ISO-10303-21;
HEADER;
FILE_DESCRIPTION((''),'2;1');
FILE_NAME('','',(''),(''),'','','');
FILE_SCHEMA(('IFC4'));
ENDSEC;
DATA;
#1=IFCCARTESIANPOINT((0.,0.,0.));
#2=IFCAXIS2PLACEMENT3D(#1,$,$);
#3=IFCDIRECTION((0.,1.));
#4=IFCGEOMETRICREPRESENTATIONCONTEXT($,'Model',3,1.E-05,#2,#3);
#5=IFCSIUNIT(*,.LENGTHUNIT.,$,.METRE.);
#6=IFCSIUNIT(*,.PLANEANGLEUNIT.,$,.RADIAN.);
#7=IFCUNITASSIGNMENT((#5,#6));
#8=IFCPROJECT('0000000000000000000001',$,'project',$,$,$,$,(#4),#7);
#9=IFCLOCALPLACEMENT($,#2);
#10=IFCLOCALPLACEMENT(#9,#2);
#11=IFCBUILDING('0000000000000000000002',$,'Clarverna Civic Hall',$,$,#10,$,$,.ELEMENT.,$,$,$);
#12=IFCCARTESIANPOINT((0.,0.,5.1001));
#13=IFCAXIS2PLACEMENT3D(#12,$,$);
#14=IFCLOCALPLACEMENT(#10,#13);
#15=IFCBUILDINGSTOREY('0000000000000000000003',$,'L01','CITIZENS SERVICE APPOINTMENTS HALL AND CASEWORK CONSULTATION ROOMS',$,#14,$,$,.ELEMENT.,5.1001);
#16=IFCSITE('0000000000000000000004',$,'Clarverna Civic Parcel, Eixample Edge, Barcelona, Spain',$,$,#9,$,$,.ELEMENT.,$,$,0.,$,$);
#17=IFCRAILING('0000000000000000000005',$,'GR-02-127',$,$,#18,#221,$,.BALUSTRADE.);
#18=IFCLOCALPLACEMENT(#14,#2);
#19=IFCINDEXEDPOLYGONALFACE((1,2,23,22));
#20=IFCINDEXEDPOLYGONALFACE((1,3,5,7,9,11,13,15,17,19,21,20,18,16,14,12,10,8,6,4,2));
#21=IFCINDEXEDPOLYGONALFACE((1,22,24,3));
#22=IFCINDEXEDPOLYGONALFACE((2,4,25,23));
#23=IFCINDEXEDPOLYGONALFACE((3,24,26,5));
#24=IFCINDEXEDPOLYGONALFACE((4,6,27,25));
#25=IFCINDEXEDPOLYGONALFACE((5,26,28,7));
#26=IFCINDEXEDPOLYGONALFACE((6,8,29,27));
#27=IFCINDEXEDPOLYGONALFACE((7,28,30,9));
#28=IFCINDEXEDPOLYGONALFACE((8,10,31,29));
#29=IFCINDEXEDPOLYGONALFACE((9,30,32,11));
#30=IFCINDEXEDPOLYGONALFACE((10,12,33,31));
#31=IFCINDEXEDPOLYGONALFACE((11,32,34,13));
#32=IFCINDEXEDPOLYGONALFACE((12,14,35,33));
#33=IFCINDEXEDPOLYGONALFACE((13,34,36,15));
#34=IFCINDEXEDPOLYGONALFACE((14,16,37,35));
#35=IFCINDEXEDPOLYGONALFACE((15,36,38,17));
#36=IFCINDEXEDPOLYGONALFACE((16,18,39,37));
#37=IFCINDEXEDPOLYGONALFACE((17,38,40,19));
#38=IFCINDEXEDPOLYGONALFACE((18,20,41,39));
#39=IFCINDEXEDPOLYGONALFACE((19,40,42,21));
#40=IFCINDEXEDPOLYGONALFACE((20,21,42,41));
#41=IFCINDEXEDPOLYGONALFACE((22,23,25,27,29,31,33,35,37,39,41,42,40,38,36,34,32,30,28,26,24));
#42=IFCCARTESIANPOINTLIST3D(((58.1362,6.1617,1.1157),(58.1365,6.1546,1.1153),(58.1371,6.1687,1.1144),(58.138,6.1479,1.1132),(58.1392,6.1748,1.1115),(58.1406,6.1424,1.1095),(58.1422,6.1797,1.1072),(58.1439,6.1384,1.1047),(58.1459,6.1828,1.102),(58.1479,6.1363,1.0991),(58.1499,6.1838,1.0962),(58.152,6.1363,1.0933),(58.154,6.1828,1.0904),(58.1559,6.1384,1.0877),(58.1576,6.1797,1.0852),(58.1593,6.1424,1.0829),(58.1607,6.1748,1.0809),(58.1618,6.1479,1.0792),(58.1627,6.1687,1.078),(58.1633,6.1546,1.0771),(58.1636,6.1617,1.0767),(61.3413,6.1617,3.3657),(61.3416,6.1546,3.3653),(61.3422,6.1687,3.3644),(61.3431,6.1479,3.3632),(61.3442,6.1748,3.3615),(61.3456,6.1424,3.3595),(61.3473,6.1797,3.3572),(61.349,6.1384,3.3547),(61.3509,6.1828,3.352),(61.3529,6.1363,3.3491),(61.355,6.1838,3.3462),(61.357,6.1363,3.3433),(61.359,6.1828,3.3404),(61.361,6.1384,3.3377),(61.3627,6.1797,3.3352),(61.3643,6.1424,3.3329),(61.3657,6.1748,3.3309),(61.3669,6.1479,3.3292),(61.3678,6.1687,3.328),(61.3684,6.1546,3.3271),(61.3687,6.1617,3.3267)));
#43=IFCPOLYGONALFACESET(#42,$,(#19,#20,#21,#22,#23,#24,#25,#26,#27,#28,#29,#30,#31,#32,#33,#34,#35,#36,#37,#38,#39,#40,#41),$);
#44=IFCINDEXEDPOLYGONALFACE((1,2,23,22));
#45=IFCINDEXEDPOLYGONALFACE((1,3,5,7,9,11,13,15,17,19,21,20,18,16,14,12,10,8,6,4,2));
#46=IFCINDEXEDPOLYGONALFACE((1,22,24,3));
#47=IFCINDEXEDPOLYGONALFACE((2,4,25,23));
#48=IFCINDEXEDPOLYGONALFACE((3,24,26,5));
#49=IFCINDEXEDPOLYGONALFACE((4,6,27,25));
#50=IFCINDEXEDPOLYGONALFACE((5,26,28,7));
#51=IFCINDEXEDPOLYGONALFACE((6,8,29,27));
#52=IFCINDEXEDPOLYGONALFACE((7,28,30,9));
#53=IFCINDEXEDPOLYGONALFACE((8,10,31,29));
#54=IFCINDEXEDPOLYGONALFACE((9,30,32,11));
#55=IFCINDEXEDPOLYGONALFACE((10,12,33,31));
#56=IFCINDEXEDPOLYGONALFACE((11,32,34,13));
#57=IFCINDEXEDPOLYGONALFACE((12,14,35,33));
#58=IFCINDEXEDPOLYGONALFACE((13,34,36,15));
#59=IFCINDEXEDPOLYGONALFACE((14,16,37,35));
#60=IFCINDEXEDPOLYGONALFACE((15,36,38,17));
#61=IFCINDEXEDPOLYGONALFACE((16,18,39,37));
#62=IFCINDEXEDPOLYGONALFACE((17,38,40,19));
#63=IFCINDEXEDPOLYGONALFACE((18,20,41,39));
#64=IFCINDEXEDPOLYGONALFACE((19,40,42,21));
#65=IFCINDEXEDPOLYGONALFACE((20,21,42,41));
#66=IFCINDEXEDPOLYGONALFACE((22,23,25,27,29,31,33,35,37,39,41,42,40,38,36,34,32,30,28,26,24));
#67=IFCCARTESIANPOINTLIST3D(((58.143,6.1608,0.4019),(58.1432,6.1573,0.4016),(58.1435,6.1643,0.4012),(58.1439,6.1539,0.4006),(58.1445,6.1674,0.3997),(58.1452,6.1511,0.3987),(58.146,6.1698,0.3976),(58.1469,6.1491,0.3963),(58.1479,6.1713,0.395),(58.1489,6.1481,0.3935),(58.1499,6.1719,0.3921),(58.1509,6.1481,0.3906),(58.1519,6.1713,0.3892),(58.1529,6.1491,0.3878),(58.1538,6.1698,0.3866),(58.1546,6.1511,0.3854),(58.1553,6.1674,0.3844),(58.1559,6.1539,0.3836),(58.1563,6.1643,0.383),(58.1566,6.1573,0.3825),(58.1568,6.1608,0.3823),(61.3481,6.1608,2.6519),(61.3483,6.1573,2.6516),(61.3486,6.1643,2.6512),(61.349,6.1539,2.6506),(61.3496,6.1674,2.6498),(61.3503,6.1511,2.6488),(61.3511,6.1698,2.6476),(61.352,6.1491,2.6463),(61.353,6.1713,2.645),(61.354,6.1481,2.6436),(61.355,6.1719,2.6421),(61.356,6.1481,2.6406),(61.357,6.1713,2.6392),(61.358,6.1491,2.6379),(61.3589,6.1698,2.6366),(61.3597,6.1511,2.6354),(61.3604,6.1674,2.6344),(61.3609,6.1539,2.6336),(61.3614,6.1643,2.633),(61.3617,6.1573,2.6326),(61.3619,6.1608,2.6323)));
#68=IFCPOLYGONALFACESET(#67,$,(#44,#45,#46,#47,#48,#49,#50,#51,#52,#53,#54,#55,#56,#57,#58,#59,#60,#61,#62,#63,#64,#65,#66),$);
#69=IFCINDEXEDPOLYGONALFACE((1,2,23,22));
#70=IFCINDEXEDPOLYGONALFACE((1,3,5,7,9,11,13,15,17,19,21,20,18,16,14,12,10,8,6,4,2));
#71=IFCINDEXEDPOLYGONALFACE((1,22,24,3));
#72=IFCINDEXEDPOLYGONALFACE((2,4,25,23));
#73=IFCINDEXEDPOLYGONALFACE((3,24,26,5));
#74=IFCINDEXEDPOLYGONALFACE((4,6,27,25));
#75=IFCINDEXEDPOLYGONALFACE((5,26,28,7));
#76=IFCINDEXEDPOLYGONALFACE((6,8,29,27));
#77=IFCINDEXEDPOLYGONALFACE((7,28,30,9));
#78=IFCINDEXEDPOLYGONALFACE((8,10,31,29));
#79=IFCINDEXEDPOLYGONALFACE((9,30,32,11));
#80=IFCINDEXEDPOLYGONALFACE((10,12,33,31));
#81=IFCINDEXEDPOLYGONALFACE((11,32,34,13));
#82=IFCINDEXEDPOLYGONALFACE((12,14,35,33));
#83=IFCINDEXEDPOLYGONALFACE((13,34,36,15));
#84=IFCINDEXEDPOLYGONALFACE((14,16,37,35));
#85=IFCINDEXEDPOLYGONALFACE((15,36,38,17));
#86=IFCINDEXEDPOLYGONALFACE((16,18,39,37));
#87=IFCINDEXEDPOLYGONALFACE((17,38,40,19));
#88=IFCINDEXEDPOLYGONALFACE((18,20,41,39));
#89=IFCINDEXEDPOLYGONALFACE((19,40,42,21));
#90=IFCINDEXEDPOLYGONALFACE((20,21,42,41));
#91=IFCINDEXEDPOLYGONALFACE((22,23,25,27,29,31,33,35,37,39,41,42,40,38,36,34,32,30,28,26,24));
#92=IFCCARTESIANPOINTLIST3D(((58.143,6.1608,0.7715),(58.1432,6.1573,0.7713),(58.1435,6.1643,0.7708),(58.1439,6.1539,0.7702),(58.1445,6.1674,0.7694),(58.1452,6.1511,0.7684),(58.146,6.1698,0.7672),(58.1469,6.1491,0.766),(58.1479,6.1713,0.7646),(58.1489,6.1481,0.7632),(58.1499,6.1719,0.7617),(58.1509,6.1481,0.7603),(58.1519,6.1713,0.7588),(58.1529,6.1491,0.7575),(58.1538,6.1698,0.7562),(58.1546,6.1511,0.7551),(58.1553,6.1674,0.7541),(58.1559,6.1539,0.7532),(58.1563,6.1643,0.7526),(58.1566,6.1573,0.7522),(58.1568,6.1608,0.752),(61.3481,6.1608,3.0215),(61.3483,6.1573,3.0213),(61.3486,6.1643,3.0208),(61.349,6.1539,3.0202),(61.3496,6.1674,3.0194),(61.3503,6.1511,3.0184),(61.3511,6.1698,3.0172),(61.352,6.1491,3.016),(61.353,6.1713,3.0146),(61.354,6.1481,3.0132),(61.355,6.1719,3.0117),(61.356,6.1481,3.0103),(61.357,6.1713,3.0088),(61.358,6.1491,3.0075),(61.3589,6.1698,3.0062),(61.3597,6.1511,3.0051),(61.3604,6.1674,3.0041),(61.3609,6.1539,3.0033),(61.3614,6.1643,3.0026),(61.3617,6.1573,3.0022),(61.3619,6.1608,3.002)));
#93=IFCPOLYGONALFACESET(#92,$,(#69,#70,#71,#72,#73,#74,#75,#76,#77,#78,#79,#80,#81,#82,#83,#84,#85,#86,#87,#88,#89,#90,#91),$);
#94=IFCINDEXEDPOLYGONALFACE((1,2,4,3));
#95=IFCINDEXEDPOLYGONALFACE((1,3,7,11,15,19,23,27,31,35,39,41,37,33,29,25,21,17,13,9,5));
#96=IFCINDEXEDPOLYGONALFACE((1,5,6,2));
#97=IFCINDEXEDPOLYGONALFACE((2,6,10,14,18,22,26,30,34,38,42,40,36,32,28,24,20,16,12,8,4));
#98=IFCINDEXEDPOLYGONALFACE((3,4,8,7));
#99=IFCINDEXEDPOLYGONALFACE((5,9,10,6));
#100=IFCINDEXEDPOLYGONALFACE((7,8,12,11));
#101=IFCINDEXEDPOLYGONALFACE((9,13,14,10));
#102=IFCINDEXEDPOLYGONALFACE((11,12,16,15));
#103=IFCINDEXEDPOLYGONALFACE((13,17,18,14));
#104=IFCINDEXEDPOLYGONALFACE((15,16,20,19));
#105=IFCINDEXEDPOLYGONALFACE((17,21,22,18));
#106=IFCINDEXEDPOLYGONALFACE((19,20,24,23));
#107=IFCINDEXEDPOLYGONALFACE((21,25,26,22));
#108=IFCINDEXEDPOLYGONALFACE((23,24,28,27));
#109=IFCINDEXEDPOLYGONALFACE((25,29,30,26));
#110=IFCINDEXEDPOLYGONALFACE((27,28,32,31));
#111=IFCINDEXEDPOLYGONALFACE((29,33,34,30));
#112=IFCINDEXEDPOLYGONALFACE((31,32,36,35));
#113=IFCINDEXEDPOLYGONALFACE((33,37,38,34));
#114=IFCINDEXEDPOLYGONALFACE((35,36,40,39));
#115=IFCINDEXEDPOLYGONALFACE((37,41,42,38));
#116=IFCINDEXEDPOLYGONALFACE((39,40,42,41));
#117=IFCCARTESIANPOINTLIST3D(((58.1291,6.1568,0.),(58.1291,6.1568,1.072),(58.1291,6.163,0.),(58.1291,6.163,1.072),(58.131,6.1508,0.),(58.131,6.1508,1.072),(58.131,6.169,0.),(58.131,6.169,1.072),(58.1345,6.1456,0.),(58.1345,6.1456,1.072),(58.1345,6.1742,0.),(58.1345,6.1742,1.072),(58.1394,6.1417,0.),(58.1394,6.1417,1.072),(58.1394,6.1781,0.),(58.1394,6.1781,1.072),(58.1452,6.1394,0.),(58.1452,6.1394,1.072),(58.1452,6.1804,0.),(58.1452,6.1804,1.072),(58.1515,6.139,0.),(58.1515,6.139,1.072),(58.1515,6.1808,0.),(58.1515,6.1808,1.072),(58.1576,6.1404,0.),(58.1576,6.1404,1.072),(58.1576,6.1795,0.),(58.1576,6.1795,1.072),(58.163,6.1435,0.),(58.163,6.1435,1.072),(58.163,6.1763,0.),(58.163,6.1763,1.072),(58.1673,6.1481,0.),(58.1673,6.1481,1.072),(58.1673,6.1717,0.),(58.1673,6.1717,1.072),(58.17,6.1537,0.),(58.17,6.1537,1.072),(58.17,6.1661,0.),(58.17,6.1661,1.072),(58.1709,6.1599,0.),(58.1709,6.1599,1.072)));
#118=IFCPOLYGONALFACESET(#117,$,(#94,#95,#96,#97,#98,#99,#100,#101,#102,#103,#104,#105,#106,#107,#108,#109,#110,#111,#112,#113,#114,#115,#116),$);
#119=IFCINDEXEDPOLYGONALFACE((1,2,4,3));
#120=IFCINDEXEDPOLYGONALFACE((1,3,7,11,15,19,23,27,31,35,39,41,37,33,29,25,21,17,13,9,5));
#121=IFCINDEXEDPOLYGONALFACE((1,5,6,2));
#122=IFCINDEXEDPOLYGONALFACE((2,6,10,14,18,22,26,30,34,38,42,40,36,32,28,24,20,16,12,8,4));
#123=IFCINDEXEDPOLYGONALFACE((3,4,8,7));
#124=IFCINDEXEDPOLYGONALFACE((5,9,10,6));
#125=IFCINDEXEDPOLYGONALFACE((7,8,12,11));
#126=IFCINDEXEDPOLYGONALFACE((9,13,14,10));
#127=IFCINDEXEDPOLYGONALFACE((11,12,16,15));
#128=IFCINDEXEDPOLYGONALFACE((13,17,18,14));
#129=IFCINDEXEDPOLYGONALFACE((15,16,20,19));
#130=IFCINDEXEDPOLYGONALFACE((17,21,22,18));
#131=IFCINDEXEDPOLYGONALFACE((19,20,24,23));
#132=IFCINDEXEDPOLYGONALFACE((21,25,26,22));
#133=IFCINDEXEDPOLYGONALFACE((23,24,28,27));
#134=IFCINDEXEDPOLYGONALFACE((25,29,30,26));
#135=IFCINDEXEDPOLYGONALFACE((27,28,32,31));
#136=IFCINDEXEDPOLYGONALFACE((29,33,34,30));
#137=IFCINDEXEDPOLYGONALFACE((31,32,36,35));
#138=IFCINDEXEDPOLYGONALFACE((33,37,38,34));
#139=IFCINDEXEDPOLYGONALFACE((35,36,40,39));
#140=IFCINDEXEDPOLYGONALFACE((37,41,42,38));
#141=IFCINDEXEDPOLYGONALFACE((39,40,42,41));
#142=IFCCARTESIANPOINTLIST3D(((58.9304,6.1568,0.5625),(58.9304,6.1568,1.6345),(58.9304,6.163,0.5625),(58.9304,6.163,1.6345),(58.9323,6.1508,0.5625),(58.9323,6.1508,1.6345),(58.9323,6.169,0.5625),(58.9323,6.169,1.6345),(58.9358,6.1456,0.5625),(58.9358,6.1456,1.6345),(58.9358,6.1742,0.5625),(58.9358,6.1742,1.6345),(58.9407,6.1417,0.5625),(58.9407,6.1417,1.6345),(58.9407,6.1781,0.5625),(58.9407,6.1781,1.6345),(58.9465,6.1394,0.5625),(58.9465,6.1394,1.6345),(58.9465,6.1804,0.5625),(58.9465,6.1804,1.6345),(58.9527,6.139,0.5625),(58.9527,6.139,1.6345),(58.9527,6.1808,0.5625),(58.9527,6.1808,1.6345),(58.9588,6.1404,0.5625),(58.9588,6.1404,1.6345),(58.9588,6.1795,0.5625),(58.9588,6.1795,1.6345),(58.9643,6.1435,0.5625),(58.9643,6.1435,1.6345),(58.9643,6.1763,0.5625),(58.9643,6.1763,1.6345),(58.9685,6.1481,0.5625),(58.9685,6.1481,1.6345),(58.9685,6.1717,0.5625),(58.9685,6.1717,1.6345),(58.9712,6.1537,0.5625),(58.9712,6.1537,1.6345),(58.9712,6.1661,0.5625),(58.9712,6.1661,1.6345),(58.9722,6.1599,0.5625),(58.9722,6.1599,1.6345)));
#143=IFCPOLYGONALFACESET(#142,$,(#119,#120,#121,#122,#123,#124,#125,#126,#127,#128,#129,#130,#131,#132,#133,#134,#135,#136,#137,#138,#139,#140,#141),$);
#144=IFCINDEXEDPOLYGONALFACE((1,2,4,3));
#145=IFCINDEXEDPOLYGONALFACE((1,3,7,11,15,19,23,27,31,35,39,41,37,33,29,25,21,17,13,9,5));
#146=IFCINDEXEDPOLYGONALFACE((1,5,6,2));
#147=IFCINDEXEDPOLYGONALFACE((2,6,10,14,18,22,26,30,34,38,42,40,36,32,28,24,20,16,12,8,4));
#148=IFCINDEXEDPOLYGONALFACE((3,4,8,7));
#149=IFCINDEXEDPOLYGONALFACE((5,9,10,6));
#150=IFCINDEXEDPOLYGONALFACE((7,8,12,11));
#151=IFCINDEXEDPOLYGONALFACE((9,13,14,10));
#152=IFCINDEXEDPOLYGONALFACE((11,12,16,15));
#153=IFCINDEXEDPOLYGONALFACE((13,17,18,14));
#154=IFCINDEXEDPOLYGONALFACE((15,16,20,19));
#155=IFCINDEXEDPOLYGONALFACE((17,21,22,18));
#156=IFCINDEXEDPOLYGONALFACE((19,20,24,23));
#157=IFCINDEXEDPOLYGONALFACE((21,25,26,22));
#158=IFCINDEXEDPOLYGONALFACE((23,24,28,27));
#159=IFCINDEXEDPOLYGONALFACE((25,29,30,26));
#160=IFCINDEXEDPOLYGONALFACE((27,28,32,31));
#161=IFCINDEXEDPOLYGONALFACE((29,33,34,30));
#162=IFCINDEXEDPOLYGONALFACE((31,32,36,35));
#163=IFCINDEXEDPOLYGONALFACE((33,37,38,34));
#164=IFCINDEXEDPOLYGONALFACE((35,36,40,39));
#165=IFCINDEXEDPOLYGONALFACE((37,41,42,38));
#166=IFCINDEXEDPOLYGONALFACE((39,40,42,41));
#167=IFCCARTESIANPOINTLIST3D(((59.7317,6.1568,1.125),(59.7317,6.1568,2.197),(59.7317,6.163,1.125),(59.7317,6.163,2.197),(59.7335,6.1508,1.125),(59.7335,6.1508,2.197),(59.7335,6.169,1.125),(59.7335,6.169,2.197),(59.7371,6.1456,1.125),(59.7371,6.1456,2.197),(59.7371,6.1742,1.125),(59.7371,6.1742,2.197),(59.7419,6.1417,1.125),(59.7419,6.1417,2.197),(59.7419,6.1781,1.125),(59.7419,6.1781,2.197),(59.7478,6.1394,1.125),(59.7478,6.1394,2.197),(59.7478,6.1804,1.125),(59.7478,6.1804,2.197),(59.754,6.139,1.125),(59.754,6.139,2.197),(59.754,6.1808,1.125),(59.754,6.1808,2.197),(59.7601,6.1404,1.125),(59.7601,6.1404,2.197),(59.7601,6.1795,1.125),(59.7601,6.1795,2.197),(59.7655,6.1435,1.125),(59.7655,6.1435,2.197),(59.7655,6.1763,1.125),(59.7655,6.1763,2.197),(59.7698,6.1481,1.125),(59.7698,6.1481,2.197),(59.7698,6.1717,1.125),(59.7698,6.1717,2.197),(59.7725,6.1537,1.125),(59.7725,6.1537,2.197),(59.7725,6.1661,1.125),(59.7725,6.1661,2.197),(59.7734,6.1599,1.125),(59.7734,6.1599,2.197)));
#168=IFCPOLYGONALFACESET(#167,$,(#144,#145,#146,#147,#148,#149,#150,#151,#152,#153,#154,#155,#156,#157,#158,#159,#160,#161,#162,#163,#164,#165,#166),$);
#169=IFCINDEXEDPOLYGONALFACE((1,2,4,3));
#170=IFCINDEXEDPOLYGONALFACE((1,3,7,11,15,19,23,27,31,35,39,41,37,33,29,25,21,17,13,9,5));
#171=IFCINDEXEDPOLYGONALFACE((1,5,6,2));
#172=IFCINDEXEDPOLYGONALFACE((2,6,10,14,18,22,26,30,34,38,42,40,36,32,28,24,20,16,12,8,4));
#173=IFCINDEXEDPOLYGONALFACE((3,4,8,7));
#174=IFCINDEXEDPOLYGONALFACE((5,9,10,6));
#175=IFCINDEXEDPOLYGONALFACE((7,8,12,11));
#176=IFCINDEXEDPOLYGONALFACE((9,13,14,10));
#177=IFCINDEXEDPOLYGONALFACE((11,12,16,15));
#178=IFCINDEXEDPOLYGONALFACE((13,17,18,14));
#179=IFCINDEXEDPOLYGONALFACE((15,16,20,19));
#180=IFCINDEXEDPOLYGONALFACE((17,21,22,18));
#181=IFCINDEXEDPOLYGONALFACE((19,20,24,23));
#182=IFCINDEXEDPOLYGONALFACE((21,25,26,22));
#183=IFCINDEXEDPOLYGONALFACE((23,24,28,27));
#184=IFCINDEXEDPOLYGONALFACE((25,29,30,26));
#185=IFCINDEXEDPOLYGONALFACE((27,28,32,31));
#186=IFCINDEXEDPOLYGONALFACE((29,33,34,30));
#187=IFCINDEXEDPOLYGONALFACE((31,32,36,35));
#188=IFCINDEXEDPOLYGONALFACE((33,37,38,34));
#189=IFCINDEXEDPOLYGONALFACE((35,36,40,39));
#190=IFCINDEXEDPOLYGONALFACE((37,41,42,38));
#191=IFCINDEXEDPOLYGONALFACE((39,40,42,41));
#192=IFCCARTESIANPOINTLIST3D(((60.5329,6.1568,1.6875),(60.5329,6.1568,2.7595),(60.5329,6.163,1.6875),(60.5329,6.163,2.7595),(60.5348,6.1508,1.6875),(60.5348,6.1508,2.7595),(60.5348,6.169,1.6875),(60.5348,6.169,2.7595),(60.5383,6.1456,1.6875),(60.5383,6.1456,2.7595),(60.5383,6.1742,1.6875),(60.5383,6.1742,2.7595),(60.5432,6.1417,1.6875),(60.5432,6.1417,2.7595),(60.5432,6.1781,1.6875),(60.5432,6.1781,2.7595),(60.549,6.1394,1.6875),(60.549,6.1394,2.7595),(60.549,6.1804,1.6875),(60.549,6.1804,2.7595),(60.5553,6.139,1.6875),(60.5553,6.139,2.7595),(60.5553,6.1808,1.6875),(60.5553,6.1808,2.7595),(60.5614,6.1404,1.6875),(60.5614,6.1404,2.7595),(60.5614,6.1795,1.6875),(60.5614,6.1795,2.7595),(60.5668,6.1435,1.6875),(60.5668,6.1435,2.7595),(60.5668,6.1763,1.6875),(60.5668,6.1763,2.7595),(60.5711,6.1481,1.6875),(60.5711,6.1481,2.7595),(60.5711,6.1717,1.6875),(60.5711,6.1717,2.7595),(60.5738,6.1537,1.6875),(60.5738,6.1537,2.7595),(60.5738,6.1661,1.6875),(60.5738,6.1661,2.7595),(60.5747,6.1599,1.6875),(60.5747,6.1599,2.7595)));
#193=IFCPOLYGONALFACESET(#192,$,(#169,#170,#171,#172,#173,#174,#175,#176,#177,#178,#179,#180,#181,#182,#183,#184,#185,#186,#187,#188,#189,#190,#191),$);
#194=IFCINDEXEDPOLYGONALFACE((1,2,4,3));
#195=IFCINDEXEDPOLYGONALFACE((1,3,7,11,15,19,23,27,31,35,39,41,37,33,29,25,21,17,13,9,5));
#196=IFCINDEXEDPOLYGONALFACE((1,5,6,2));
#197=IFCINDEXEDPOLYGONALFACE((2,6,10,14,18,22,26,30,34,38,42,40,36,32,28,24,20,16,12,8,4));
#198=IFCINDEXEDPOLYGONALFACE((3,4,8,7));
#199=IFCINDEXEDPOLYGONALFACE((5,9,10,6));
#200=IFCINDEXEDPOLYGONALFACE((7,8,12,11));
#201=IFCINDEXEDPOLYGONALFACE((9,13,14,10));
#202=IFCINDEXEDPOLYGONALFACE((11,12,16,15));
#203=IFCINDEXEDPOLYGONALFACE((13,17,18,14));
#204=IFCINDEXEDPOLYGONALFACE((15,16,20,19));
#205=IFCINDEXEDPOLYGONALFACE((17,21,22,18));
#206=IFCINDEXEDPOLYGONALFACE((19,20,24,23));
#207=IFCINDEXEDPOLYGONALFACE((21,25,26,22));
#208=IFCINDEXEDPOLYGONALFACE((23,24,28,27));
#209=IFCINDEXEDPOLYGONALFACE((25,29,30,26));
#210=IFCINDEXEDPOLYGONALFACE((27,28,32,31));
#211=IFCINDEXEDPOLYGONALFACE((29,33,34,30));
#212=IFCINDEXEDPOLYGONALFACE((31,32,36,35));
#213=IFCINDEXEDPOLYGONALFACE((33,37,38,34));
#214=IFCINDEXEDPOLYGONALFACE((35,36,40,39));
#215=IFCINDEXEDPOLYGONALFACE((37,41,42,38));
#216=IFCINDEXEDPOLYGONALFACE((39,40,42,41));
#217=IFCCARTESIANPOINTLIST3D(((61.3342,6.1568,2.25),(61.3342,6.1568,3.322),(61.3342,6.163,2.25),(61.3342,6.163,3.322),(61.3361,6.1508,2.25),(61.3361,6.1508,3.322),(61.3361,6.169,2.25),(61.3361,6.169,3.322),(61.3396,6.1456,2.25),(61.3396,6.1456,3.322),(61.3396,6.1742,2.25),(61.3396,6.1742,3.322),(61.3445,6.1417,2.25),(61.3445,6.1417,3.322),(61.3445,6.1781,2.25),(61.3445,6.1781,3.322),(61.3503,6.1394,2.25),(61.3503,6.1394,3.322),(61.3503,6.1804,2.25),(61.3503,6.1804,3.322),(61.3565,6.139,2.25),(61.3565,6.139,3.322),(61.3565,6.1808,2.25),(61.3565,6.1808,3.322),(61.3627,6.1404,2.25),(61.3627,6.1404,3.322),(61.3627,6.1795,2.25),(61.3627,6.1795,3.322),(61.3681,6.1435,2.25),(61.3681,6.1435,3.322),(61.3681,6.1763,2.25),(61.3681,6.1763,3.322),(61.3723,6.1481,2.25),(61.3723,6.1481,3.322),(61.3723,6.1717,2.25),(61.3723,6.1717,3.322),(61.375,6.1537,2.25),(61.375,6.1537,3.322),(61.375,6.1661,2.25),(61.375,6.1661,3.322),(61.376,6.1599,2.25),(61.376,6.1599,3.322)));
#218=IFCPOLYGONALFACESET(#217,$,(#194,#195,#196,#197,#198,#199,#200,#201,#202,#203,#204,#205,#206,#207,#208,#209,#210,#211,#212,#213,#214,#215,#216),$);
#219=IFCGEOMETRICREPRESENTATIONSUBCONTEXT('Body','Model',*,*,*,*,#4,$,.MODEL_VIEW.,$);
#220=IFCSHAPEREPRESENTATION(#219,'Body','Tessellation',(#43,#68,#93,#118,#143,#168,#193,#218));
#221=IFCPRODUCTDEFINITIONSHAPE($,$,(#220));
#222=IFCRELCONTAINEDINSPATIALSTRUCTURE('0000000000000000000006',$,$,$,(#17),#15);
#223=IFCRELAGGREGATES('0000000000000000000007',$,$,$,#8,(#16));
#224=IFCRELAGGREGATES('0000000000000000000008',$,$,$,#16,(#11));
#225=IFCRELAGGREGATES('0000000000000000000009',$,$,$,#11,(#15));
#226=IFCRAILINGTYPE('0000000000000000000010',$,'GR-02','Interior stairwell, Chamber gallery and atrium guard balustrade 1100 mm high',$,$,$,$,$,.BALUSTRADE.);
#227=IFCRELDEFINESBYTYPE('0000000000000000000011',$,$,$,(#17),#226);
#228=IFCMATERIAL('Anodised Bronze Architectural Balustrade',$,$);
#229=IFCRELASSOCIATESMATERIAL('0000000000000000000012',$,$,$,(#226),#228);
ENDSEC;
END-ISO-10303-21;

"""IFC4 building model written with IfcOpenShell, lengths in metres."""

from ifc_helpers import new_model, si_unit, direction, frame, origin, origin_2d, place, context, subcontext, project, spatial, circle, extrude, material, type_object, element, save


model = new_model("IFC4")

# Units and contexts
model_context = context("Model", 3, precision=1e-05, world=origin(), true_north=direction((0.0, 1.0)))
body_context = subcontext(model_context, "Body", "Model", "MODEL_VIEW")
ifc_project = project(units=[si_unit("LENGTHUNIT", "METRE"), si_unit("PLANEANGLEUNIT", "RADIAN")], contexts=[model_context])

# Site, building, storey
site_placement = place(None, origin())
site = spatial("IfcSite", under=ifc_project, at=site_placement, Name="Clarverna Civic Parcel, Eixample Edge, Barcelona, Spain", CompositionType="ELEMENT", RefElevation=0.0)
building_placement = place(site_placement, origin())
building = spatial("IfcBuilding", under=site, at=building_placement, Name="Clarverna Civic Hall", CompositionType="ELEMENT")
storey_placement = place(building_placement, frame((0.0, 0.0, 5.1001)))
storey = spatial("IfcBuildingStorey", under=building, at=storey_placement, Name="L01", Description="CITIZENS SERVICE APPOINTMENTS HALL AND CASEWORK CONSULTATION ROOMS", CompositionType="ELEMENT", Elevation=5.1001)

# Railing
ifc_material_1 = material(Name="Anodised Bronze Architectural Balustrade")
railing_type_1 = type_object("IfcRailingType", Name="GR-02", Description="Interior stairwell, Chamber gallery and atrium guard balustrade 1100 mm high", PredefinedType="BALUSTRADE", material=ifc_material_1)
railing_1_placement = place(storey_placement, frame((58.1499, 6.1599, 0.0)))
element("IfcRailing", 1, at=railing_1_placement, inside=storey, type_object=railing_type_1, Name="GR-02-127", PredefinedType="BALUSTRADE", context=body_context, shape_type="SweptSolid", body=[
    extrude(circle(Radius=0.0239, at=origin_2d()), frame((0.0, 0.0, 1.0962), z_axis=(0.818458, 0.0, 0.574566), x_axis=(0.0, 1.0, 0.0)), (0.0, 0.0, 1.0), 3.916),
    extrude(circle(Radius=0.012, at=origin_2d()), frame((0.0, 0.0, 0.3921), z_axis=(0.818458, 0.0, 0.574566), x_axis=(0.0, 1.0, 0.0)), (0.0, 0.0, 1.0), 3.916),
    extrude(circle(Radius=0.012, at=origin_2d()), frame((0.0, 0.0, 0.7617), z_axis=(0.818458, 0.0, 0.574566), x_axis=(0.0, 1.0, 0.0)), (0.0, 0.0, 1.0), 3.916),
    extrude(circle(Radius=0.021, at=origin_2d()), origin(), (0.0, 0.0, 1.0), 1.072),
    extrude(circle(Radius=0.021, at=origin_2d()), frame((0.8013, 0.0, 0.5625)), (0.0, 0.0, 1.0), 1.072),
    extrude(circle(Radius=0.021, at=origin_2d()), frame((1.6025, 0.0, 1.125)), (0.0, 0.0, 1.0), 1.072),
    extrude(circle(Radius=0.021, at=origin_2d()), frame((2.4038, 0.0, 1.6875)), (0.0, 0.0, 1.0), 1.072),
    extrude(circle(Radius=0.021, at=origin_2d()), frame((3.2051, 0.0, 2.25)), (0.0, 0.0, 1.0), 1.072),
])

save(model, "model.ifc")
